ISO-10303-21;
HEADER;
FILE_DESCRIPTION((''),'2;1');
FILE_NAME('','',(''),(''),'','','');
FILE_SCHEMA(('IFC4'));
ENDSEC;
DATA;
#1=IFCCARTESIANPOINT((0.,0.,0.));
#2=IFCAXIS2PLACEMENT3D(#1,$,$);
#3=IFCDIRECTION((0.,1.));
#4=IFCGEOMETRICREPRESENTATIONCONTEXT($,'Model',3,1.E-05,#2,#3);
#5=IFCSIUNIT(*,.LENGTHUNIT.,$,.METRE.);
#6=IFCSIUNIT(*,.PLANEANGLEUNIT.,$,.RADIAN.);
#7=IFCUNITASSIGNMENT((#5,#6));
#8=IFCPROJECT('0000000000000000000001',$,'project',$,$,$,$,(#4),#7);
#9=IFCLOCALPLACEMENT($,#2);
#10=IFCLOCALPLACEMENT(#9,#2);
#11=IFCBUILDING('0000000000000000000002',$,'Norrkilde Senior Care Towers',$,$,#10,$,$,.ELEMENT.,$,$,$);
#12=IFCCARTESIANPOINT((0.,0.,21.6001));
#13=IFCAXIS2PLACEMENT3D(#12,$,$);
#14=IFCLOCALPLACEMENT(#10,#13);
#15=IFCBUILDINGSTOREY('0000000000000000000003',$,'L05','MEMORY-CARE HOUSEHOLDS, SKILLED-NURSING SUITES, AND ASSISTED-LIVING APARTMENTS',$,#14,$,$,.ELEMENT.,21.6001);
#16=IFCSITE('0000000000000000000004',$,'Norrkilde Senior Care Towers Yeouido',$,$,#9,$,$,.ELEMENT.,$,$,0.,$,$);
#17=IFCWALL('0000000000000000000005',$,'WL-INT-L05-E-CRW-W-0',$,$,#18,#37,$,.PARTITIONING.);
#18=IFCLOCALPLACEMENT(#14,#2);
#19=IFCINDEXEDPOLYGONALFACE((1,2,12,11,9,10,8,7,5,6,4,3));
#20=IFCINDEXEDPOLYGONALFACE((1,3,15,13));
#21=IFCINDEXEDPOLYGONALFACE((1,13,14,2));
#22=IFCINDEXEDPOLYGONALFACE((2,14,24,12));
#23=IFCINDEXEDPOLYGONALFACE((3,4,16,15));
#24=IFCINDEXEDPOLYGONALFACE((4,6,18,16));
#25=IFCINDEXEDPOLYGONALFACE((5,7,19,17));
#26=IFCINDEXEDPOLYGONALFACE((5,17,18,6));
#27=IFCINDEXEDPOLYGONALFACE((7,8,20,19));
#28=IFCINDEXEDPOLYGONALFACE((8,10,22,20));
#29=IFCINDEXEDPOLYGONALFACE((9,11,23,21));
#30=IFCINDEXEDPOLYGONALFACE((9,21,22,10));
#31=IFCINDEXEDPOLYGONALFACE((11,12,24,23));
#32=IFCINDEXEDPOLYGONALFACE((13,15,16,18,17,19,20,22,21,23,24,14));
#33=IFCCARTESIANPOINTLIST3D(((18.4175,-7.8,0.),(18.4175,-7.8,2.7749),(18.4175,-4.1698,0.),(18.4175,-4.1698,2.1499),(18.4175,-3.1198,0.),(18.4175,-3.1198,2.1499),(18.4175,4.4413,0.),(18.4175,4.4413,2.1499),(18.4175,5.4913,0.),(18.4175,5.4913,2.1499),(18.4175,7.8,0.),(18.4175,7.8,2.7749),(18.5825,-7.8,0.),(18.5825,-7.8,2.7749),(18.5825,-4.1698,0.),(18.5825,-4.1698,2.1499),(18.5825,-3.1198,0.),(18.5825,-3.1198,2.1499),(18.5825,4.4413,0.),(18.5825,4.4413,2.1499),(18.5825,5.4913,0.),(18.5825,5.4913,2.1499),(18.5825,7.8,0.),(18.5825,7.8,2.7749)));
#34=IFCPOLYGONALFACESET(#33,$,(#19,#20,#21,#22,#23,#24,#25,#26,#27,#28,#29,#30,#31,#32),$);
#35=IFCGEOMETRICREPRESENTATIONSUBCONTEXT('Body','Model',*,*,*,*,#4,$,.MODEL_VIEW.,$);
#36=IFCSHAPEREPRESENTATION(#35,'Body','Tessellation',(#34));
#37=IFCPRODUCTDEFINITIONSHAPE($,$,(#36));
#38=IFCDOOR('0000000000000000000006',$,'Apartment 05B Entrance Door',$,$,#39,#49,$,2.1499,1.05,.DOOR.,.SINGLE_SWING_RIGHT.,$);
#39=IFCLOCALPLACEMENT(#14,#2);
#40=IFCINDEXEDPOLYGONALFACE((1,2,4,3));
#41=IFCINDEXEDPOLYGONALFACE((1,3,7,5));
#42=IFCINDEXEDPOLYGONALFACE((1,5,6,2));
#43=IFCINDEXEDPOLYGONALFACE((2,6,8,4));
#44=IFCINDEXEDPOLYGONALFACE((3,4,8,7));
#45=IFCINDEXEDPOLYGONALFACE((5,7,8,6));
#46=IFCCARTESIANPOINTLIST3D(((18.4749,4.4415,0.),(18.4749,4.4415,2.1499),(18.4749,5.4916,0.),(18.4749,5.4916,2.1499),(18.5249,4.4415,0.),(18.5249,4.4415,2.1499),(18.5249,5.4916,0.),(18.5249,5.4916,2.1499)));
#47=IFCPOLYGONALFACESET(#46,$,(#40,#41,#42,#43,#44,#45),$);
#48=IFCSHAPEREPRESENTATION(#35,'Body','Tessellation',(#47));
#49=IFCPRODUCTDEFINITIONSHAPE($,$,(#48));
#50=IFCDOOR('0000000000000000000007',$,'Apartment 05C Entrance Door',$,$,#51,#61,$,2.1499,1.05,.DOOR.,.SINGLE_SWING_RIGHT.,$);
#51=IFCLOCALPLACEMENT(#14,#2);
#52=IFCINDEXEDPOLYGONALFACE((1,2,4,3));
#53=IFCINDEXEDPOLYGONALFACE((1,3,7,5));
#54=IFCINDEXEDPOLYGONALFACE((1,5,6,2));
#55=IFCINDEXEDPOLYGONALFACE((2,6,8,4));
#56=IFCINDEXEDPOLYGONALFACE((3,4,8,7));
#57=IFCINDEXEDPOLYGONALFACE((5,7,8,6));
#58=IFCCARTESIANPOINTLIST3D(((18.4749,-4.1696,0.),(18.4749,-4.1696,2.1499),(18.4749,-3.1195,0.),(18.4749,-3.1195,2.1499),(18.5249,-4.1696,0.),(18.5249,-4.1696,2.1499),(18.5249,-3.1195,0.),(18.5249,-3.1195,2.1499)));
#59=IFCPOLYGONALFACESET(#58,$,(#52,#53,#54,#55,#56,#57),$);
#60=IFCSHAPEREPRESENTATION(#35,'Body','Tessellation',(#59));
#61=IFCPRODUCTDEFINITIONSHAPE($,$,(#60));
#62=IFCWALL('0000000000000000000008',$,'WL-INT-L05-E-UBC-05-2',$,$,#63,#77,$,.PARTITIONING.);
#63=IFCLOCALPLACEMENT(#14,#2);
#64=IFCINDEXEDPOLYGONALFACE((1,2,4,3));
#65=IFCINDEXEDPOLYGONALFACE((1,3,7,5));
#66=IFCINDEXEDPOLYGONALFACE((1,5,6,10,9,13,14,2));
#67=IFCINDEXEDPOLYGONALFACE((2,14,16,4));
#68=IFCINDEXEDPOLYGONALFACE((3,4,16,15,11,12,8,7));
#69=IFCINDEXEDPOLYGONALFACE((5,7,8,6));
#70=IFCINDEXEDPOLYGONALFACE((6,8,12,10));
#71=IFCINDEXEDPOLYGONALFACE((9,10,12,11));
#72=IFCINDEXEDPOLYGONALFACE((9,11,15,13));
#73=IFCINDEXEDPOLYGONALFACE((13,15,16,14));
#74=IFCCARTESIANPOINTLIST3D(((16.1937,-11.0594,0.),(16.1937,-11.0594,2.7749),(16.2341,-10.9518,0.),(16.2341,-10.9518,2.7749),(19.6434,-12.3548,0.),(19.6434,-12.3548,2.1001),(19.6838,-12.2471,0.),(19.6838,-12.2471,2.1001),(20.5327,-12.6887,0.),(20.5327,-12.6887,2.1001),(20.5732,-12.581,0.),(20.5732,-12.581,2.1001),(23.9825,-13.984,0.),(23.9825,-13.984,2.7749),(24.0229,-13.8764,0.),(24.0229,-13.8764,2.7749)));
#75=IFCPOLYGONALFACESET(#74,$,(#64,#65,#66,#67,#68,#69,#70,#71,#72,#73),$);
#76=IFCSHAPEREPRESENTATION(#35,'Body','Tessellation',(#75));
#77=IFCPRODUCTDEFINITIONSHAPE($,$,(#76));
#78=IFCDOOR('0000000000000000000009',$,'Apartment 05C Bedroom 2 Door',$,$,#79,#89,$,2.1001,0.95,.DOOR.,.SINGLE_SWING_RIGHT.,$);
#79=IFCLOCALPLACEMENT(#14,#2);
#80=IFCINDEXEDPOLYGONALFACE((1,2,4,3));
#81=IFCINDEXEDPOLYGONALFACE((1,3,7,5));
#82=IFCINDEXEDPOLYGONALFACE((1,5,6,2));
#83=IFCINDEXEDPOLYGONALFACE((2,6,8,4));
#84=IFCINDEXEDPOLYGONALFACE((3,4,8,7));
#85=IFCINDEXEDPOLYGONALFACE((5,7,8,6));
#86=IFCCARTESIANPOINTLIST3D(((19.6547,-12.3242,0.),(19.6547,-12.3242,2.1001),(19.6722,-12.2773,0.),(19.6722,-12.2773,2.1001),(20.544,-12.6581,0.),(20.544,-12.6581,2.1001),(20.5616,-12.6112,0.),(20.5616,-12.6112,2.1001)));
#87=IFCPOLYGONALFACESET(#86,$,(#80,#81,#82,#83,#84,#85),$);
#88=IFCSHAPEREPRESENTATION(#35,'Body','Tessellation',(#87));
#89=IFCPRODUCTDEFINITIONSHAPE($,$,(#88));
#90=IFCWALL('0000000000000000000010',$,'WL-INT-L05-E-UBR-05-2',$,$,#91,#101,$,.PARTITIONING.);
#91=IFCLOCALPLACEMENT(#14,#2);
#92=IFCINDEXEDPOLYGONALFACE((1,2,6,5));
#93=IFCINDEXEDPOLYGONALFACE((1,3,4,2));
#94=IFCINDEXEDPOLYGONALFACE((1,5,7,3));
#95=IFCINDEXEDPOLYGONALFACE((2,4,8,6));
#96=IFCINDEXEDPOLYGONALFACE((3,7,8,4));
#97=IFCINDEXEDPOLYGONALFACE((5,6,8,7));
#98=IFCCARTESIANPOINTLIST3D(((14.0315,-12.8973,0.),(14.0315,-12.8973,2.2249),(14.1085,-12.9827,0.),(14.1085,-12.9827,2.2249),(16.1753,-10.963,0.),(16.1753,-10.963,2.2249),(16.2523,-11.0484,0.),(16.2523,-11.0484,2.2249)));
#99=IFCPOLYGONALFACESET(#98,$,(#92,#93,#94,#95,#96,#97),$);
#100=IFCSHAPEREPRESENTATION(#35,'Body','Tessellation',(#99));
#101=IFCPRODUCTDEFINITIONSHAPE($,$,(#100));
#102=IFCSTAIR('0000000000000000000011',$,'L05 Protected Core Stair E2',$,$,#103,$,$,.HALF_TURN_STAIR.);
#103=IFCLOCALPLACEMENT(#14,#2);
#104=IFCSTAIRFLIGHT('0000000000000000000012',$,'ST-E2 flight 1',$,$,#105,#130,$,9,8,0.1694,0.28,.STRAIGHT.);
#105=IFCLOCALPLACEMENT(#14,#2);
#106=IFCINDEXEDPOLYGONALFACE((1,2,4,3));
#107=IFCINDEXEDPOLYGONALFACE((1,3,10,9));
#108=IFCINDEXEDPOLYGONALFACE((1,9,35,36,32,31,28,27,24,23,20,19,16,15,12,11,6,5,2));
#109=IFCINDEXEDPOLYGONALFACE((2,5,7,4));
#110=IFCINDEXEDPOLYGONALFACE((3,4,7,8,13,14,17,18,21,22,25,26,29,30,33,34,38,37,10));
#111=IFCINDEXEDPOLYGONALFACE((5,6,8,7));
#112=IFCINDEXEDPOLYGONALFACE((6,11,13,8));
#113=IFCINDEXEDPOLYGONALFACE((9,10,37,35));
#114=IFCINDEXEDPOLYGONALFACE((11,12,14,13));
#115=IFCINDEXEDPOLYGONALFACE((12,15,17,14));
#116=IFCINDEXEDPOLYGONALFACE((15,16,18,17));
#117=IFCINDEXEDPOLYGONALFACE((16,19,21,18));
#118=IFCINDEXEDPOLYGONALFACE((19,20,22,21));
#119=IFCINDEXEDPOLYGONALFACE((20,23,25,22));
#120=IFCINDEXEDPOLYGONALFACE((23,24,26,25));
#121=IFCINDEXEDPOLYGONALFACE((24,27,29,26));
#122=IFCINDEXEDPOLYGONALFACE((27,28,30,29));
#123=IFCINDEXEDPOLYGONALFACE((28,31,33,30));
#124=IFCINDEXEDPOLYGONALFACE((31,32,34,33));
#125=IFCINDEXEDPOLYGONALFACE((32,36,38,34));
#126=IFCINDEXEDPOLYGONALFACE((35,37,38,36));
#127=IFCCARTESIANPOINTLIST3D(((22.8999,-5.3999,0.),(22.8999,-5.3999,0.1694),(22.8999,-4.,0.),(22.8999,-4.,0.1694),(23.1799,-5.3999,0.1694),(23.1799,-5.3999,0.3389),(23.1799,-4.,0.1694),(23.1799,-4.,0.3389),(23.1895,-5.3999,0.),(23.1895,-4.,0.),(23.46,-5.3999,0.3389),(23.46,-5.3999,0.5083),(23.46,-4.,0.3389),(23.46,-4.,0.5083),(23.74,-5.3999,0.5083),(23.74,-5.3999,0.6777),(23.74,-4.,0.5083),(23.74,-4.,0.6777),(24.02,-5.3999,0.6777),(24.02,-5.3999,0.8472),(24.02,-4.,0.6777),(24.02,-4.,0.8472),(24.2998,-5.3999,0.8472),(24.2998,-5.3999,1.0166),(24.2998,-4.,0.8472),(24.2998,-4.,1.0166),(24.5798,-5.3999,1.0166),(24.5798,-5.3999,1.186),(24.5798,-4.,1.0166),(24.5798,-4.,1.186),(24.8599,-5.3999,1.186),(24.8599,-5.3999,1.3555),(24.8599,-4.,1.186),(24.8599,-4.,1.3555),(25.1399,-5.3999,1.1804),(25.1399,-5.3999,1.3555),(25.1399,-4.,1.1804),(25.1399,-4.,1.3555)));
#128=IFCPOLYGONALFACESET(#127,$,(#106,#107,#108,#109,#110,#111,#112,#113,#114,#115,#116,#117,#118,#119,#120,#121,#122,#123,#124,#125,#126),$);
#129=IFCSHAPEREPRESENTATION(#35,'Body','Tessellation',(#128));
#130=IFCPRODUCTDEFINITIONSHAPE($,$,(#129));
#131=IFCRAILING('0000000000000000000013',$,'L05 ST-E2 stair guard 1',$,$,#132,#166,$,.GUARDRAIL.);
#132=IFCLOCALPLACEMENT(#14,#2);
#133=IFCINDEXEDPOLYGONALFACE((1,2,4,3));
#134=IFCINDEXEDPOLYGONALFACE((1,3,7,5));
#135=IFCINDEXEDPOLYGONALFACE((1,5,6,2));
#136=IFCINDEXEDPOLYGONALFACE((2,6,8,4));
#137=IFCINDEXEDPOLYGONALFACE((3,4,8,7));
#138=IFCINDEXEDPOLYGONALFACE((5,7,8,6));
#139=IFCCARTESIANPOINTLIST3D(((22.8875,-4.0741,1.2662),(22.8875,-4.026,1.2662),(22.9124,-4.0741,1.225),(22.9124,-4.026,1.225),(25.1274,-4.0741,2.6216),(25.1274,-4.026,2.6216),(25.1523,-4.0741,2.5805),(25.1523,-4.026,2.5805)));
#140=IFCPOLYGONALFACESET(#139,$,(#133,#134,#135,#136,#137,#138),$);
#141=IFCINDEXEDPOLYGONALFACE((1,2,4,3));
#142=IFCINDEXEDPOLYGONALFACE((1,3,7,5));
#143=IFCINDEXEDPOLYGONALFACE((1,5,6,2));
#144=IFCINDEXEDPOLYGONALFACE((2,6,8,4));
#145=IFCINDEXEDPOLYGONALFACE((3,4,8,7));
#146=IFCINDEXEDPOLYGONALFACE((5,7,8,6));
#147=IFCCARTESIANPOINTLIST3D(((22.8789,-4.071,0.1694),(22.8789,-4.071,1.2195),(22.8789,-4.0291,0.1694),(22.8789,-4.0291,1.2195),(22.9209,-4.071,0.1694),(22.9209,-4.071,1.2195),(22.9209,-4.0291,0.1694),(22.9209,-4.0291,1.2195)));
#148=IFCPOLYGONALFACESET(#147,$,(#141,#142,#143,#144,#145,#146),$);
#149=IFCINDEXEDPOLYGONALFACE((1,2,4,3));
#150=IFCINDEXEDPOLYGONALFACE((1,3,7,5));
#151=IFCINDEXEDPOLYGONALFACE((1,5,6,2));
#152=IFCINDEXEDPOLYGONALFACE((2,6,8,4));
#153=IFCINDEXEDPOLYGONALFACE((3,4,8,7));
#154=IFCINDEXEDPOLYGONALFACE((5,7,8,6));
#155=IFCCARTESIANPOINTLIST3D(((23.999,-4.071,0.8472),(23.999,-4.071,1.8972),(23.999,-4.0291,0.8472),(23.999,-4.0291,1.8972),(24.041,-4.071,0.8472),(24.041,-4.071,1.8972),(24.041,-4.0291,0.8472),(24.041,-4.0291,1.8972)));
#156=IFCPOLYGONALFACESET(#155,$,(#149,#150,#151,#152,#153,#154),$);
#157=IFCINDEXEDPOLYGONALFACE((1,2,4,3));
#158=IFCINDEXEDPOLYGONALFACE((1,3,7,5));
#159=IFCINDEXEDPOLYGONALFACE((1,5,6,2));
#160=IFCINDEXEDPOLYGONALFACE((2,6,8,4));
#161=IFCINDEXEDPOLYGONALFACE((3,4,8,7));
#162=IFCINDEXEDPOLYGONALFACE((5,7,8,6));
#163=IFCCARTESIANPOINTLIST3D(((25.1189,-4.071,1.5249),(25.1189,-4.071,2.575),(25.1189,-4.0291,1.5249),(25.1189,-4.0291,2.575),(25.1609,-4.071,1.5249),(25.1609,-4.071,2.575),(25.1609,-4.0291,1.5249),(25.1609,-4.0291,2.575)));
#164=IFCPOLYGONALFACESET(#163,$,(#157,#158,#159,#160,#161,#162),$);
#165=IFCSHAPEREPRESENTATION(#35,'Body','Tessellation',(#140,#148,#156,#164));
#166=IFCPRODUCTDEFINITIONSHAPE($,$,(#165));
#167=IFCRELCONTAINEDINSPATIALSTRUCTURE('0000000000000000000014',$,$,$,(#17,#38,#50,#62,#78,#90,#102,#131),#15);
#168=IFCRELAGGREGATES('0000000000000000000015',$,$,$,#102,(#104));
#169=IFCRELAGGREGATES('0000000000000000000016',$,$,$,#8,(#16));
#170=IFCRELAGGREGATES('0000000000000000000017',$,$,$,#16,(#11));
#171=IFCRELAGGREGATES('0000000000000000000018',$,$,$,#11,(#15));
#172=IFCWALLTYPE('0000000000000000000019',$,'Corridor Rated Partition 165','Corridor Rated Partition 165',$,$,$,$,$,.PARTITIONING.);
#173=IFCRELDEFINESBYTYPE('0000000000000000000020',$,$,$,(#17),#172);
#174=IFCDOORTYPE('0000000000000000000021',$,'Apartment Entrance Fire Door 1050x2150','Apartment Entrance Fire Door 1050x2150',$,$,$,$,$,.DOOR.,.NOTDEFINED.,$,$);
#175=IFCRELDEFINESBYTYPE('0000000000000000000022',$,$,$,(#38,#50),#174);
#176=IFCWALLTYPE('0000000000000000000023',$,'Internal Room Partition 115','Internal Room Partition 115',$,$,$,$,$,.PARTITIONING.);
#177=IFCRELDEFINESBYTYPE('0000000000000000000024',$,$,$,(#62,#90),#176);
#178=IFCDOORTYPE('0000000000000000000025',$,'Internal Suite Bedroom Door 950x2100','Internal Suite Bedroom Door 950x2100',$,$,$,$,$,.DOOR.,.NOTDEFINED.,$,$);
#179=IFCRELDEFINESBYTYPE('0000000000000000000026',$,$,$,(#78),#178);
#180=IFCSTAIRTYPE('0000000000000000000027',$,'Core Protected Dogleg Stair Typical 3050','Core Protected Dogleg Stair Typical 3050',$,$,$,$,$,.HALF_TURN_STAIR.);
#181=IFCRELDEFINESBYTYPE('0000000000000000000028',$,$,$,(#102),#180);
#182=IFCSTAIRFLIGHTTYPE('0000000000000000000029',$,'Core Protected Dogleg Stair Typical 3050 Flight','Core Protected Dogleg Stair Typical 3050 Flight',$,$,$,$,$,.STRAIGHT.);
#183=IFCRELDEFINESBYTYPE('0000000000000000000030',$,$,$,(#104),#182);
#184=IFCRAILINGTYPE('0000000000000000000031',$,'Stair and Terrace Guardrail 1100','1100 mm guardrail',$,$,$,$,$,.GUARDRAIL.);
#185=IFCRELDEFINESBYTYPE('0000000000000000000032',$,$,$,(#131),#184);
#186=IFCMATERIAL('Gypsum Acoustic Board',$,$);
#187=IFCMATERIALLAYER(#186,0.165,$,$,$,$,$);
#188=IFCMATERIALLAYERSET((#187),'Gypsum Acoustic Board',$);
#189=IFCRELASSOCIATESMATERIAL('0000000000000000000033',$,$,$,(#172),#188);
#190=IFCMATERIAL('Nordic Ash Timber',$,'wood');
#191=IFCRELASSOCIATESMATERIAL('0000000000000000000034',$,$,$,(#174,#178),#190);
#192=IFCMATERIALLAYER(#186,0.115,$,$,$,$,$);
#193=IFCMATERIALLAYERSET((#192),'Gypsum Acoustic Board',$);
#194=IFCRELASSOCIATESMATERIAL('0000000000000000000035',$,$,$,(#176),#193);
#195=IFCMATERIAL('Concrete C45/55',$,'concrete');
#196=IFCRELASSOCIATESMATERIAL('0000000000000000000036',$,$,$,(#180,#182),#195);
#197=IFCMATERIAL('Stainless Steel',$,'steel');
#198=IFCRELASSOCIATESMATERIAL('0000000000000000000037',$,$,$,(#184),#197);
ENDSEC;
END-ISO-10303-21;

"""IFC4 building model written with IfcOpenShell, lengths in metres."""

from ifc_helpers import new_model, si_unit, direction, frame, frame_2d, origin, origin_2d, place, context, subcontext, project, spatial, polyline, rectangle, outline, extrude, source, transform, mapped, material, layer, layer_set, type_object, type_shapes, element, fill, aggregate, save


model = new_model("IFC4")

# Units and contexts
model_context = context("Model", 3, precision=1e-05, world=origin(), true_north=direction((0.0, 1.0)))
body_context = subcontext(model_context, "Body", "Model", "MODEL_VIEW")
ifc_project = project(units=[si_unit("LENGTHUNIT", "METRE"), si_unit("PLANEANGLEUNIT", "RADIAN")], contexts=[model_context])

# Site, building, storey
site_placement = place(None, origin())
site = spatial("IfcSite", under=ifc_project, at=site_placement, Name="Norrkilde Senior Care Towers Yeouido", CompositionType="ELEMENT", RefElevation=0.0)
building_placement = place(site_placement, origin())
building = spatial("IfcBuilding", under=site, at=building_placement, Name="Norrkilde Senior Care Towers", CompositionType="ELEMENT")
storey_placement = place(building_placement, frame((0.0, 0.0, 21.6001)))
storey = spatial("IfcBuildingStorey", under=building, at=storey_placement, Name="L05", Description="MEMORY-CARE HOUSEHOLDS, SKILLED-NURSING SUITES, AND ASSISTED-LIVING APARTMENTS", CompositionType="ELEMENT", Elevation=21.6001)

# Shared definitions
ifc_material_1 = material(Name="Concrete C45/55", Category="concrete")

# Shared definitions
ifc_material_2 = material(Name="Stainless Steel", Category="steel")

# Wall, openings, doors
ifc_material_3 = material(Name="Gypsum Acoustic Board")
ifc_layer_1 = layer(ifc_material_3, 0.165)
ifc_layer_set_1 = layer_set([ifc_layer_1], Name="Gypsum Acoustic Board")
wall_type_1 = type_object("IfcWallType", Name="Corridor Rated Partition 165", Description="Corridor Rated Partition 165", PredefinedType="PARTITIONING", material=ifc_layer_set_1)
shared_shape_1 = source(origin(), body_context, "Body", "SweptSolid", [
    extrude(rectangle(XDim=15.6001, YDim=0.165, at=frame_2d((7.8, 0.0))), origin(), (0.0, 0.0, 1.0), 2.7749),
])
type_shapes(wall_type_1, [shared_shape_1])
wall_1_placement = place(storey_placement, frame((18.5, -7.8, 0.0), z_axis=(0.0, 0.0, 1.0), x_axis=(0.0, 1.0, 0.0)))
wall_1 = element("IfcWall", 1, at=wall_1_placement, inside=storey, type_object=wall_type_1, Name="WL-INT-L05-E-CRW-W-0", PredefinedType="PARTITIONING", context=body_context, shape_type="MappedRepresentation", body=[
    mapped(shared_shape_1, transform((0.0, 0.0, 0.0), x_axis=(1.0, 0.0, 0.0), y_axis=(0.0, 1.0, 0.0), z_axis=(0.0, 0.0, 1.0), scale=1.0)),
])
opening_1_placement = place(wall_1_placement, frame((12.2415, 0.0, 0.0)))
opening_1 = element("IfcOpeningElement", 2, at=opening_1_placement, cuts=wall_1, PredefinedType="OPENING", context=body_context, shape_type="SweptSolid", body=[
    extrude(rectangle(XDim=1.05, YDim=2.1499, at=frame_2d((0.5249, 1.075))), frame((0.0, 0.0925, 0.0), z_axis=(0.0, -1.0, 0.0), x_axis=(1.0, 0.0, 0.0)), (0.0, 0.0, 1.0), 0.1851),
])
opening_2_placement = place(wall_1_placement, frame((3.6304, 0.0, 0.0)))
opening_2 = element("IfcOpeningElement", 3, at=opening_2_placement, cuts=wall_1, PredefinedType="OPENING", context=body_context, shape_type="SweptSolid", body=[
    extrude(rectangle(XDim=1.05, YDim=2.1499, at=frame_2d((0.5249, 1.075))), frame((0.0, 0.0925, 0.0), z_axis=(0.0, -1.0, 0.0), x_axis=(1.0, 0.0, 0.0)), (0.0, 0.0, 1.0), 0.1851),
])
ifc_material_4 = material(Name="Nordic Ash Timber", Category="wood")
door_type_1 = type_object("IfcDoorType", Name="Apartment Entrance Fire Door 1050x2150", Description="Apartment Entrance Fire Door 1050x2150", OperationType="NOTDEFINED", PredefinedType="DOOR", material=ifc_material_4)
shared_shape_2 = source(origin(), body_context, "Body", "SweptSolid", [
    extrude(rectangle(XDim=1.05, YDim=2.1499, at=frame_2d((0.5249, 1.075))), frame((0.0, 0.0249, 0.0), z_axis=(0.0, -1.0, 0.0), x_axis=(1.0, 0.0, 0.0)), (0.0, 0.0, 1.0), 0.05),
])
type_shapes(door_type_1, [shared_shape_2])
door_1_placement = place(opening_1_placement, frame((1.05, 0.0, 0.0), z_axis=(0.0, 0.0, 1.0), x_axis=(-1.0, 0.0, 0.0)))
door_1 = element("IfcDoor", 4, at=door_1_placement, inside=storey, type_object=door_type_1, Name="Apartment 05B Entrance Door", OperationType="SINGLE_SWING_RIGHT", OverallHeight=2.1499, OverallWidth=1.05, PredefinedType="DOOR", context=body_context, shape_type="MappedRepresentation", body=[
    mapped(shared_shape_2, transform((0.0, 0.0, 0.0), x_axis=(1.0, 0.0, 0.0), y_axis=(0.0, 1.0, 0.0), z_axis=(0.0, 0.0, 1.0), scale=1.0)),
])
fill(opening_1, door_1)
door_2_placement = place(opening_2_placement, frame((1.05, 0.0, 0.0), z_axis=(0.0, 0.0, 1.0), x_axis=(-1.0, 0.0, 0.0)))
door_2 = element("IfcDoor", 5, at=door_2_placement, inside=storey, type_object=door_type_1, Name="Apartment 05C Entrance Door", OperationType="SINGLE_SWING_RIGHT", OverallHeight=2.1499, OverallWidth=1.05, PredefinedType="DOOR", context=body_context, shape_type="MappedRepresentation", body=[
    mapped(shared_shape_2, transform((0.0, 0.0, 0.0), x_axis=(1.0, 0.0, 0.0), y_axis=(0.0, 1.0, 0.0), z_axis=(0.0, 0.0, 1.0), scale=1.0)),
])
fill(opening_2, door_2)

# Wall, opening, door
ifc_layer_2 = layer(ifc_material_3, 0.115)
ifc_layer_set_2 = layer_set([ifc_layer_2], Name="Gypsum Acoustic Board")
wall_type_2 = type_object("IfcWallType", Name="Internal Room Partition 115", Description="Internal Room Partition 115", PredefinedType="PARTITIONING", material=ifc_layer_set_2)
shared_shape_3 = source(origin(), body_context, "Body", "SweptSolid", [
    extrude(rectangle(XDim=8.3198, YDim=0.115, at=frame_2d((4.1599, 0.0))), origin(), (0.0, 0.0, 1.0), 2.7749),
])
wall_2_placement = place(storey_placement, frame((16.2139, -11.0056, 0.0), z_axis=(0.0, 0.0, 1.0), x_axis=(0.936181, -0.351519, 0.0)))
wall_2 = element("IfcWall", 6, at=wall_2_placement, inside=storey, type_object=wall_type_2, Name="WL-INT-L05-E-UBC-05-2", PredefinedType="PARTITIONING", context=body_context, shape_type="MappedRepresentation", body=[
    mapped(shared_shape_3, transform((0.0, 0.0, 0.0), x_axis=(1.0, 0.0, 0.0), y_axis=(0.0, 1.0, 0.0), z_axis=(0.0, 0.0, 1.0), scale=1.0)),
])
opening_3_placement = place(wall_2_placement, frame((3.6848, 0.0, 0.0)))
opening_3 = element("IfcOpeningElement", 7, at=opening_3_placement, cuts=wall_2, PredefinedType="OPENING", context=body_context, shape_type="SweptSolid", body=[
    extrude(rectangle(XDim=0.95, YDim=2.1001, at=frame_2d((0.4751, 1.05))), frame((0.0, 0.0674, 0.0), z_axis=(0.0, -1.0, 0.0), x_axis=(1.0, 0.0, 0.0)), (0.0, 0.0, 1.0), 0.135),
])
door_type_2 = type_object("IfcDoorType", Name="Internal Suite Bedroom Door 950x2100", Description="Internal Suite Bedroom Door 950x2100", OperationType="NOTDEFINED", PredefinedType="DOOR", material=ifc_material_4)
shared_shape_4 = source(origin(), body_context, "Body", "SweptSolid", [
    extrude(rectangle(XDim=0.95, YDim=2.1001, at=frame_2d((0.4751, 1.05))), frame((0.0, 0.0249, 0.0), z_axis=(0.0, -1.0, 0.0), x_axis=(1.0, 0.0, 0.0)), (0.0, 0.0, 1.0), 0.05),
])
type_shapes(door_type_2, [shared_shape_4])
door_3_placement = place(opening_3_placement, frame((0.95, 0.0, 0.0), z_axis=(0.0, 0.0, 1.0), x_axis=(-1.0, 0.0, 0.0)))
door_3 = element("IfcDoor", 8, at=door_3_placement, inside=storey, type_object=door_type_2, Name="Apartment 05C Bedroom 2 Door", OperationType="SINGLE_SWING_RIGHT", OverallHeight=2.1001, OverallWidth=0.95, PredefinedType="DOOR", context=body_context, shape_type="MappedRepresentation", body=[
    mapped(shared_shape_4, transform((0.0, 0.0, 0.0), x_axis=(1.0, 0.0, 0.0), y_axis=(0.0, 1.0, 0.0), z_axis=(0.0, 0.0, 1.0), scale=1.0)),
])
fill(opening_3, door_3)

# Wall
shared_shape_5 = source(origin(), body_context, "Body", "SweptSolid", [
    extrude(rectangle(XDim=2.8875, YDim=0.115, at=frame_2d((1.4438, 0.0))), origin(), (0.0, 0.0, 1.0), 2.2249),
])
type_shapes(wall_type_2, [shared_shape_3, shared_shape_5])
wall_3_placement = place(storey_placement, frame((16.2139, -11.0056, 0.0), z_axis=(0.0, 0.0, 1.0), x_axis=(-0.742449, -0.669903, 0.0)))
element("IfcWall", 9, at=wall_3_placement, inside=storey, type_object=wall_type_2, Name="WL-INT-L05-E-UBR-05-2", PredefinedType="PARTITIONING", context=body_context, shape_type="MappedRepresentation", body=[
    mapped(shared_shape_5, transform((0.0, 0.0, 0.0), x_axis=(1.0, 0.0, 0.0), y_axis=(0.0, 1.0, 0.0), z_axis=(0.0, 0.0, 1.0), scale=1.0)),
])

# Stair, stair flight
stair_type = type_object("IfcStairType", Name="Core Protected Dogleg Stair Typical 3050", Description="Core Protected Dogleg Stair Typical 3050", PredefinedType="HALF_TURN_STAIR", material=ifc_material_1)
stair_placement = place(storey_placement, origin())
stair = element("IfcStair", 10, at=stair_placement, inside=storey, type_object=stair_type, Name="L05 Protected Core Stair E2", PredefinedType="HALF_TURN_STAIR")
stair_flight_type = type_object("IfcStairFlightType", Name="Core Protected Dogleg Stair Typical 3050 Flight", Description="Core Protected Dogleg Stair Typical 3050 Flight", PredefinedType="STRAIGHT", material=ifc_material_1)
stair_flight_placement = place(storey_placement, frame((22.8999, -4.7, 0.0), z_axis=(0.0, 0.0, 1.0), x_axis=(1.0, 0.0, 0.0)))
stair_flight = element("IfcStairFlight", 11, at=stair_flight_placement, type_object=stair_flight_type, Name="ST-E2 flight 1", NumberOfRisers=9, NumberOfTreads=8, PredefinedType="STRAIGHT", RiserHeight=0.1694, TreadLength=0.28, context=body_context, shape_type="SweptSolid", body=[
    extrude(outline(polyline([(0.0, 0.0), (0.0, 0.1694), (0.28, 0.1694), (0.28, 0.3389), (0.5601, 0.3389), (0.5601, 0.5083), (0.8401, 0.5083), (0.8401, 0.6777), (1.1201, 0.6777), (1.1201, 0.8472), (1.3999, 0.8472), (1.3999, 1.0166), (1.6799, 1.0166), (1.6799, 1.186), (1.96, 1.186), (1.96, 1.3555), (2.24, 1.3555), (2.24, 1.5249), (2.24, 1.1804), (0.2896, 0.0), (0.0, 0.0)])), frame((0.0, 0.7, 0.0), z_axis=(0.0, -1.0, 0.0), x_axis=(1.0, 0.0, 0.0)), (0.0, 0.0, 1.0), 1.3999),
])
aggregate(stair, [stair_flight])

# Railing
railing_type_1 = type_object("IfcRailingType", Name="Stair and Terrace Guardrail 1100", Description="1100 mm guardrail", PredefinedType="GUARDRAIL", material=ifc_material_2)
railing_1_placement = place(storey_placement, frame((22.8999, -4.05, 0.1694)))
element("IfcRailing", 12, at=railing_1_placement, inside=storey, type_object=railing_type_1, Name="L05 ST-E2 stair guard 1", PredefinedType="GUARDRAIL", context=body_context, shape_type="SweptSolid", body=[
    extrude(rectangle(XDim=0.0481, YDim=0.0481, at=origin_2d()), frame((0.0, 0.0, 1.0762), z_axis=(0.855553, 0.0, 0.517715), x_axis=(0.0, 1.0, 0.0)), (0.0, 0.0, 1.0), 2.6182),
    extrude(rectangle(XDim=0.042, YDim=0.042, at=origin_2d()), origin(), (0.0, 0.0, 1.0), 1.05),
    extrude(rectangle(XDim=0.042, YDim=0.042, at=origin_2d()), frame((1.1201, 0.0, 0.6777)), (0.0, 0.0, 1.0), 1.05),
    extrude(rectangle(XDim=0.042, YDim=0.042, at=origin_2d()), frame((2.24, 0.0, 1.3555)), (0.0, 0.0, 1.0), 1.05),
])

save(model, "model.ifc")
